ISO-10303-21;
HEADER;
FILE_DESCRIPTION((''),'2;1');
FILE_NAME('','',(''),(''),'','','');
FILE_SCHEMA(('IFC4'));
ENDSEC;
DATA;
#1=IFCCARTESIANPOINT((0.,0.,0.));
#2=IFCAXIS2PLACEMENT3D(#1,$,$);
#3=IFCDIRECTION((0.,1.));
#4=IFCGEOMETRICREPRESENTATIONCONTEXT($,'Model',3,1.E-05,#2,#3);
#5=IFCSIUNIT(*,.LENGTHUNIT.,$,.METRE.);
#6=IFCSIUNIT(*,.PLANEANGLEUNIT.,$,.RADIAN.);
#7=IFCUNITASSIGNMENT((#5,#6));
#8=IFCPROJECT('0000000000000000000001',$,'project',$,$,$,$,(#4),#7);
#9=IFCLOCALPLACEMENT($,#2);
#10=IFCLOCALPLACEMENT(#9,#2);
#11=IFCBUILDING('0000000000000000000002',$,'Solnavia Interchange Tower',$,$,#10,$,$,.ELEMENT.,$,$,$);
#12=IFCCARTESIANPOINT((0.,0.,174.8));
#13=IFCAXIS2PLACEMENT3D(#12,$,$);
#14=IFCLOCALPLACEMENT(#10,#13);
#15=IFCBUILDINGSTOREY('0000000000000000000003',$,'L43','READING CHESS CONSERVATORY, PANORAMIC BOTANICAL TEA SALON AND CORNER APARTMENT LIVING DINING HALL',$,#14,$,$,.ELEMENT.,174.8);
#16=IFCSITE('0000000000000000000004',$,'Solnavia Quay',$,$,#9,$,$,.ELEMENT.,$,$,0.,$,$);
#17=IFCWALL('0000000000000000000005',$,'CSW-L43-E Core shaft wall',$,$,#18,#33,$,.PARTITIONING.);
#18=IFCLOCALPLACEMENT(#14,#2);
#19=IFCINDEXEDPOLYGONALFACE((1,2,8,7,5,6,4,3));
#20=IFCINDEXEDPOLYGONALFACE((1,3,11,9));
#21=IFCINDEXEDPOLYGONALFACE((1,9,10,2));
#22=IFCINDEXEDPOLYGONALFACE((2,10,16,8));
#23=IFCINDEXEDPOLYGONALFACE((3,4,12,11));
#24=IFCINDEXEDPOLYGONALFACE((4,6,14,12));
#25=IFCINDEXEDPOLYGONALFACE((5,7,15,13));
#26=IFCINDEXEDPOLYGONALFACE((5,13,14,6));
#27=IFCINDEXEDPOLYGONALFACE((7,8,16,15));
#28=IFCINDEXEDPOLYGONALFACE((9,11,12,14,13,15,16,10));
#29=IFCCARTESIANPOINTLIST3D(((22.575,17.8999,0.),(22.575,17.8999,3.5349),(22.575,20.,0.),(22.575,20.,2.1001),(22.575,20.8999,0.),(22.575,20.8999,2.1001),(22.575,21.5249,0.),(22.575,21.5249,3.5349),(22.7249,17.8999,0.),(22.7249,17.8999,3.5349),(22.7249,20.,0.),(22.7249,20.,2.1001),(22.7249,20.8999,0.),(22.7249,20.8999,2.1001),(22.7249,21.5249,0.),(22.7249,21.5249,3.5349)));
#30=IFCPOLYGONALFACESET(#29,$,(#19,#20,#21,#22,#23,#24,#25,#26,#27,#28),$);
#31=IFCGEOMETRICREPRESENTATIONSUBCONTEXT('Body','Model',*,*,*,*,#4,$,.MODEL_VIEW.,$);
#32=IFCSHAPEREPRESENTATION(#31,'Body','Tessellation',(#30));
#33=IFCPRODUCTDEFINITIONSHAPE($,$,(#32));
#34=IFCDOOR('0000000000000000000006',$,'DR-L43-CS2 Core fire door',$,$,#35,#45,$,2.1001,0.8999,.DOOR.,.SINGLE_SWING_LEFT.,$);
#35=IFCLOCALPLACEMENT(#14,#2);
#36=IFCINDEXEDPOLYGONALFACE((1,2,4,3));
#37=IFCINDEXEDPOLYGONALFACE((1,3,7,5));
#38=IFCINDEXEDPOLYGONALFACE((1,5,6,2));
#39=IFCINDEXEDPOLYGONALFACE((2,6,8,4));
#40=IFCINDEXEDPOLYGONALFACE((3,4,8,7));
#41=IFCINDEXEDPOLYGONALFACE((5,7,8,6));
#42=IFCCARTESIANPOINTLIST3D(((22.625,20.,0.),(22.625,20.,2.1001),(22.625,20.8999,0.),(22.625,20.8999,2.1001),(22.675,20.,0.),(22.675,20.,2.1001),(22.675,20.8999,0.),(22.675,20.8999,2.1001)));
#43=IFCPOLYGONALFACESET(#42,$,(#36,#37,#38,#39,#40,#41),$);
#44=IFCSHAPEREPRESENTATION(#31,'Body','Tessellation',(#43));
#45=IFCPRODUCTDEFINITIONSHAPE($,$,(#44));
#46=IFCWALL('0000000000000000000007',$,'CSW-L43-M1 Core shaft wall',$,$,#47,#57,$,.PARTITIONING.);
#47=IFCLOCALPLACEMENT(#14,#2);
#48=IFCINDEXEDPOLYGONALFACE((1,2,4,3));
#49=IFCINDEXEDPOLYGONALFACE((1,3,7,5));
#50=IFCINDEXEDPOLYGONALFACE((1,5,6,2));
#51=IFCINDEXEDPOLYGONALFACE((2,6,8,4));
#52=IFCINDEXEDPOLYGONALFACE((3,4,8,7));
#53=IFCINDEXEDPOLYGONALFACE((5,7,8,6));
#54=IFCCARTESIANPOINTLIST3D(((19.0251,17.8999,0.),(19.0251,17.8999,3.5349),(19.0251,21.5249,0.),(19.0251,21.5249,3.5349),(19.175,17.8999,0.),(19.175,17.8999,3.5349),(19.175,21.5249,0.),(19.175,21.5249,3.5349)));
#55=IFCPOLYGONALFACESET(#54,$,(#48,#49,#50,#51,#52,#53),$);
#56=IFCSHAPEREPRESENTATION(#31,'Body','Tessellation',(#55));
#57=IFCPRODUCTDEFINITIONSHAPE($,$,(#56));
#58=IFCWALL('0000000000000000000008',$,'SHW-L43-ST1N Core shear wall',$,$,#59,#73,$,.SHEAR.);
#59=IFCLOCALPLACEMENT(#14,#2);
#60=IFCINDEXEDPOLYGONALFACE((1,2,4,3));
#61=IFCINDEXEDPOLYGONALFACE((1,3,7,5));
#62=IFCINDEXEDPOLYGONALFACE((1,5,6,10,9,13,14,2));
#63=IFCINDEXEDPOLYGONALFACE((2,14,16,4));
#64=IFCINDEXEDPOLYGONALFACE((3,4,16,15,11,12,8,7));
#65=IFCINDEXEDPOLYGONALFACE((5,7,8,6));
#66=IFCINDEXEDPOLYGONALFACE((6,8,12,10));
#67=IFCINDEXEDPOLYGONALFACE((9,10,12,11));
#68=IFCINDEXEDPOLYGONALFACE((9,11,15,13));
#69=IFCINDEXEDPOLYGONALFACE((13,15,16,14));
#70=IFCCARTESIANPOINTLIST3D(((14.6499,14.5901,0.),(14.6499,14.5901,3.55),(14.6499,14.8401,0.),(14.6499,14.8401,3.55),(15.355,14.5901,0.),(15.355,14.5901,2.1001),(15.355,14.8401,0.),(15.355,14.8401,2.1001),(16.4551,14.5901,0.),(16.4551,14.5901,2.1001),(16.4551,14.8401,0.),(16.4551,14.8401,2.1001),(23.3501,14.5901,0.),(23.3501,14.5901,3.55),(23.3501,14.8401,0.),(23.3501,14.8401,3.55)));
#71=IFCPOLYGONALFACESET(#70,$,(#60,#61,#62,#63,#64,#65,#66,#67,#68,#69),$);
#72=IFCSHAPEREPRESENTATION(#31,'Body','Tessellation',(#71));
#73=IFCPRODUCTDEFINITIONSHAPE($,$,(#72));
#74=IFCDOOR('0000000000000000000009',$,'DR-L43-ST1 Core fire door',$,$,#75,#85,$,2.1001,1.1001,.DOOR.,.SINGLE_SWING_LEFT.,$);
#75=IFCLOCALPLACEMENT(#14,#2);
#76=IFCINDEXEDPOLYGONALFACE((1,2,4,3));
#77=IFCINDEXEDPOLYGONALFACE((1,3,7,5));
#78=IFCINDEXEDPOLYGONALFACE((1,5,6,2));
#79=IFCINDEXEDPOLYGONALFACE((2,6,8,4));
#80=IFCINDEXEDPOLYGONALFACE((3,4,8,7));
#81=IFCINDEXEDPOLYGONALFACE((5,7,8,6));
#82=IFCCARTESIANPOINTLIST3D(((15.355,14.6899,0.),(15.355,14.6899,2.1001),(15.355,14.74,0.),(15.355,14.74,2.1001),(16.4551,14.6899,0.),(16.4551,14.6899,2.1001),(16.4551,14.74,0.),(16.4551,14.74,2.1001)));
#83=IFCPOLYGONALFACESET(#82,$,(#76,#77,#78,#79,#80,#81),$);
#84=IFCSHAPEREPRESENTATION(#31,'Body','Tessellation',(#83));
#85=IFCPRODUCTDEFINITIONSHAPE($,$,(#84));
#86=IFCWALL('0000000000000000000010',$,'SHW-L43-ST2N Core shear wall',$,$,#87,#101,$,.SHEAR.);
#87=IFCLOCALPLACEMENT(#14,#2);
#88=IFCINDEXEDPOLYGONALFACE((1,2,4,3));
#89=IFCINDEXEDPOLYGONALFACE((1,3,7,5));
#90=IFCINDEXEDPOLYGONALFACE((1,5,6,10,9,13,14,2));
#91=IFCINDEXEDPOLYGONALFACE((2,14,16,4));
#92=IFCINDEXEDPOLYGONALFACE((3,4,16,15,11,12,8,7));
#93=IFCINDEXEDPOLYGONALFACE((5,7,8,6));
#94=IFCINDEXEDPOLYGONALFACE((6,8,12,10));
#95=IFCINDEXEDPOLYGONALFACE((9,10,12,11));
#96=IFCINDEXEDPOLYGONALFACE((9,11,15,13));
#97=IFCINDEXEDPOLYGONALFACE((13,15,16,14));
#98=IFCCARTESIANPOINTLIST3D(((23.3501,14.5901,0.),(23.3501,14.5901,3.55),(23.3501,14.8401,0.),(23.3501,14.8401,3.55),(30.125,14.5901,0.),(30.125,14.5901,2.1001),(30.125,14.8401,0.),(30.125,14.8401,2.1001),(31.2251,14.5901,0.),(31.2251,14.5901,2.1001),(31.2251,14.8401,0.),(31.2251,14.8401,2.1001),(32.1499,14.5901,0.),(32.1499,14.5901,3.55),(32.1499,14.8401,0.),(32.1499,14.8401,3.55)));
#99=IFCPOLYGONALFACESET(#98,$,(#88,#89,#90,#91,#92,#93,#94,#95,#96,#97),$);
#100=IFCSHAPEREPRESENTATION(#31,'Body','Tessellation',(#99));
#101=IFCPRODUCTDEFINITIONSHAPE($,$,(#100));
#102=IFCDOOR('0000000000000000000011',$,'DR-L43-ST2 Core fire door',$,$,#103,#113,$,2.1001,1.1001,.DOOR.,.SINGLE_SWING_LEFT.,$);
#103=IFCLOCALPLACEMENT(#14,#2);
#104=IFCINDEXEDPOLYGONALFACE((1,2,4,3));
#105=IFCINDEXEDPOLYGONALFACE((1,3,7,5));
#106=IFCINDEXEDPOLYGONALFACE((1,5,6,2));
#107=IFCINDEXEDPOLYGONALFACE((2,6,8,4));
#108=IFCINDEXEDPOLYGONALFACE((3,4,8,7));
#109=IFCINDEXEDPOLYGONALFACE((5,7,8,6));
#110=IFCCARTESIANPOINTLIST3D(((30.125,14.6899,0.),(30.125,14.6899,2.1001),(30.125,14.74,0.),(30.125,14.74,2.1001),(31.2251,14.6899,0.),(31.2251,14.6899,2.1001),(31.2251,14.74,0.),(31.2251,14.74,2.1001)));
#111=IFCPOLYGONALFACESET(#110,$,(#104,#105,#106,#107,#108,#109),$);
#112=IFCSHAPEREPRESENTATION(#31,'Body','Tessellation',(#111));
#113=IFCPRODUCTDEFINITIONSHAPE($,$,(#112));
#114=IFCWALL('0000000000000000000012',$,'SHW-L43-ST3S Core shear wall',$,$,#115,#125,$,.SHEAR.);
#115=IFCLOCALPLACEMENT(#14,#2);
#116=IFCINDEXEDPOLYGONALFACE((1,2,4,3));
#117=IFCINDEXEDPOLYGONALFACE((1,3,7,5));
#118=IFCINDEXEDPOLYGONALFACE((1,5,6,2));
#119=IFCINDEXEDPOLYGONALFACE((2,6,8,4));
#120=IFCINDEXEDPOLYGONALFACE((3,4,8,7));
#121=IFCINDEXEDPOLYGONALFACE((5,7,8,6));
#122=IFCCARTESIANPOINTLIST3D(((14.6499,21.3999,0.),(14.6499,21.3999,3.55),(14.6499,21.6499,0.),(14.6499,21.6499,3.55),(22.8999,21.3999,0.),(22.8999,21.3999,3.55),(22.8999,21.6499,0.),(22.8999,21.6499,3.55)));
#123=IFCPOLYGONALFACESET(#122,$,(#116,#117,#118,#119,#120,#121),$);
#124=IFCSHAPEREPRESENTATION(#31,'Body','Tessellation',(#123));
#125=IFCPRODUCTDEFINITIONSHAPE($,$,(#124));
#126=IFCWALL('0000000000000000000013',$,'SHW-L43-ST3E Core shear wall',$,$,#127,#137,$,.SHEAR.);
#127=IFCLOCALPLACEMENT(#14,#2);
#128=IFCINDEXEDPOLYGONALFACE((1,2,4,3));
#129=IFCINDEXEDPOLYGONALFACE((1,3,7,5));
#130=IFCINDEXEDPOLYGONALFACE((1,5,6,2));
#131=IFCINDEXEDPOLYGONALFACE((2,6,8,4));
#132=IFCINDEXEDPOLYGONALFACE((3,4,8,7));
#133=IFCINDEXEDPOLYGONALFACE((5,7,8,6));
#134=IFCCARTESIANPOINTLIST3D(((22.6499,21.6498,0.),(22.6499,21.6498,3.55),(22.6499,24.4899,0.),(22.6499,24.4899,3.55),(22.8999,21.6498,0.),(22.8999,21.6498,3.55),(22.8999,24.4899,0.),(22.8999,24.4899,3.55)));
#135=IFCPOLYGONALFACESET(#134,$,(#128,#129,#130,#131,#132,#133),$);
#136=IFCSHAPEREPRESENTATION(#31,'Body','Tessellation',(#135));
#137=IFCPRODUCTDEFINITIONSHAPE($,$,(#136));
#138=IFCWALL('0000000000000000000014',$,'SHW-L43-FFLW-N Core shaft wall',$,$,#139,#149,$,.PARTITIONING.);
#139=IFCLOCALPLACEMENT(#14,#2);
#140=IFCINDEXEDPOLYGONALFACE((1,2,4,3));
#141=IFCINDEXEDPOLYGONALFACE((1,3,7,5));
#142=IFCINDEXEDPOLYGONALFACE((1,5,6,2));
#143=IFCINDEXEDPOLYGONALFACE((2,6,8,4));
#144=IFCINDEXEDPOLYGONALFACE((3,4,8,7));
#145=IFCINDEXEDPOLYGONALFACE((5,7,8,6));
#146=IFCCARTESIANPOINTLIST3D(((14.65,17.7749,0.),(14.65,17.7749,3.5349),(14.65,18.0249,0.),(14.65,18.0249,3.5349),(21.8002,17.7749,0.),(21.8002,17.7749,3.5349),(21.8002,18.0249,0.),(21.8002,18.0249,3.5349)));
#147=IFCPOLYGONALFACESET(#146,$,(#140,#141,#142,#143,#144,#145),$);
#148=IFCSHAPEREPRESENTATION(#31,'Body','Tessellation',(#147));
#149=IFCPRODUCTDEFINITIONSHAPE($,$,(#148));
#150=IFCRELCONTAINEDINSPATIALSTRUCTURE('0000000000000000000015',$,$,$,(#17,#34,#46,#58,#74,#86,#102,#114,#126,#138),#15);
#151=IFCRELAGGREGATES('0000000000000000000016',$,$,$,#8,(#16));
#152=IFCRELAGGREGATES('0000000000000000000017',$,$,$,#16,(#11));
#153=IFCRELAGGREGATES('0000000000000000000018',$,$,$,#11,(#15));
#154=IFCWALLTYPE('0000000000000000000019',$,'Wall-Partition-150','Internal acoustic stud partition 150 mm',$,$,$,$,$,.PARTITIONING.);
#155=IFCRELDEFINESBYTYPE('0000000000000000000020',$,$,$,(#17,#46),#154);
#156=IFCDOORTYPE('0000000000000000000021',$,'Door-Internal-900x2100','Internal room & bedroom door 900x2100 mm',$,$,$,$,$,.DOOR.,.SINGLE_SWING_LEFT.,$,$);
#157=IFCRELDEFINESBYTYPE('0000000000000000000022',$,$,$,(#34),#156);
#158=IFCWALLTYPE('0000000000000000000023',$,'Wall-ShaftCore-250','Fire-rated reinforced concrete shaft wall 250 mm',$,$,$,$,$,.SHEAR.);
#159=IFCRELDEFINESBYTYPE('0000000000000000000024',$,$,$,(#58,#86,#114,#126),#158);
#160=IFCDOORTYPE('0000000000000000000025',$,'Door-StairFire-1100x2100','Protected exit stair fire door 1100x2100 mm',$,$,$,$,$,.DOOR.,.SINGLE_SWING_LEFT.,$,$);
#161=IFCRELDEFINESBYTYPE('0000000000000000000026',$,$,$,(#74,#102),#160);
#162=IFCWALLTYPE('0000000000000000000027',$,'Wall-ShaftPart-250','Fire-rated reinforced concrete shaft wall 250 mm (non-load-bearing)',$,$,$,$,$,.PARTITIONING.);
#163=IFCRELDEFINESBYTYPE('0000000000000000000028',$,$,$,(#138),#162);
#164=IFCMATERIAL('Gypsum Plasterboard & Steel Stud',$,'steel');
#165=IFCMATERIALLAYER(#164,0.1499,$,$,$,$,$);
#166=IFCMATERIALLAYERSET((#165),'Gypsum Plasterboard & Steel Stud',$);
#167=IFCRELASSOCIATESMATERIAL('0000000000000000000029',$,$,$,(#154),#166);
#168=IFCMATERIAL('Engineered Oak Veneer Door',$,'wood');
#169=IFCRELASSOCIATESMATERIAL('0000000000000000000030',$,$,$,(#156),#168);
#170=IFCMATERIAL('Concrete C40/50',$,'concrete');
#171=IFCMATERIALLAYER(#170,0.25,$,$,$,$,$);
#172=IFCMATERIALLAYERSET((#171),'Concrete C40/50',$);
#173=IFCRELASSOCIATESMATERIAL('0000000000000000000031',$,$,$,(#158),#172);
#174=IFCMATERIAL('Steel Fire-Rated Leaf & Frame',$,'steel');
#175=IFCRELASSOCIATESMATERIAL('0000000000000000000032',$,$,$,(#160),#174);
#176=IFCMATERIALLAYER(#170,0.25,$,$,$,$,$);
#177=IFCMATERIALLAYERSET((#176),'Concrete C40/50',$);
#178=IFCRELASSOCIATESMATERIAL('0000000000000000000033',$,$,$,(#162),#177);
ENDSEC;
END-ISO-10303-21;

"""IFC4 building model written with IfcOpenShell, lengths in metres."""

from ifc_helpers import new_model, si_unit, direction, frame, frame_2d, origin, place, context, subcontext, project, spatial, rectangle, extrude, material, layer, layer_set, type_object, element, fill, save


model = new_model("IFC4")

# Units and contexts
model_context = context("Model", 3, precision=1e-05, world=origin(), true_north=direction((0.0, 1.0)))
body_context = subcontext(model_context, "Body", "Model", "MODEL_VIEW")
ifc_project = project(units=[si_unit("LENGTHUNIT", "METRE"), si_unit("PLANEANGLEUNIT", "RADIAN")], contexts=[model_context])

# Site, building, storey
site_placement = place(None, origin())
site = spatial("IfcSite", under=ifc_project, at=site_placement, Name="Solnavia Quay", CompositionType="ELEMENT", RefElevation=0.0)
building_placement = place(site_placement, origin())
building = spatial("IfcBuilding", under=site, at=building_placement, Name="Solnavia Interchange Tower", CompositionType="ELEMENT")
storey_placement = place(building_placement, frame((0.0, 0.0, 174.8)))
storey = spatial("IfcBuildingStorey", under=building, at=storey_placement, Name="L43", Description="READING CHESS CONSERVATORY, PANORAMIC BOTANICAL TEA SALON AND CORNER APARTMENT LIVING DINING HALL", CompositionType="ELEMENT", Elevation=174.8)

# Wall, opening, door
ifc_material_1 = material(Name="Gypsum Plasterboard & Steel Stud", Category="steel")
ifc_layer_1 = layer(ifc_material_1, 0.1499)
ifc_layer_set_1 = layer_set([ifc_layer_1], Name="Gypsum Plasterboard & Steel Stud")
wall_type_1 = type_object("IfcWallType", Name="Wall-Partition-150", Description="Internal acoustic stud partition 150 mm", PredefinedType="PARTITIONING", material=ifc_layer_set_1)
wall_1_placement = place(storey_placement, frame((22.6499, 17.8999, 0.0), z_axis=(0.0, 0.0, 1.0), x_axis=(0.0, 1.0, 0.0)))
wall_1 = element("IfcWall", 1, at=wall_1_placement, inside=storey, type_object=wall_type_1, Name="CSW-L43-E Core shaft wall", PredefinedType="PARTITIONING", context=body_context, shape_type="SweptSolid", body=[
    extrude(rectangle(XDim=3.625, YDim=0.1499, at=frame_2d((1.8125, 0.0))), origin(), (0.0, 0.0, 1.0), 3.5349),
])
opening_1_placement = place(wall_1_placement, frame((2.1001, 0.0, 0.0)))
opening_1 = element("IfcOpeningElement", 2, at=opening_1_placement, cuts=wall_1, PredefinedType="OPENING", context=body_context, shape_type="SweptSolid", body=[
    extrude(rectangle(XDim=0.8999, YDim=2.1001, at=frame_2d((0.45, 1.05))), frame((0.0, 0.085, 0.0), z_axis=(0.0, -1.0, 0.0), x_axis=(1.0, 0.0, 0.0)), (0.0, 0.0, 1.0), 0.1699),
])
ifc_material_2 = material(Name="Engineered Oak Veneer Door", Category="wood")
door_type_1 = type_object("IfcDoorType", Name="Door-Internal-900x2100", Description="Internal room & bedroom door 900x2100 mm", OperationType="SINGLE_SWING_LEFT", PredefinedType="DOOR", material=ifc_material_2)
door_1_placement = place(opening_1_placement, origin())
door_1 = element("IfcDoor", 3, at=door_1_placement, inside=storey, type_object=door_type_1, Name="DR-L43-CS2 Core fire door", OperationType="SINGLE_SWING_LEFT", OverallHeight=2.1001, OverallWidth=0.8999, PredefinedType="DOOR", context=body_context, shape_type="SweptSolid", body=[
    extrude(rectangle(XDim=0.8999, YDim=2.1001, at=frame_2d((0.45, 1.05))), frame((0.0, 0.0249, 0.0), z_axis=(0.0, -1.0, 0.0), x_axis=(1.0, 0.0, 0.0)), (0.0, 0.0, 1.0), 0.05),
])
fill(opening_1, door_1)

# Wall
wall_2_placement = place(storey_placement, frame((19.1001, 17.8999, 0.0), z_axis=(0.0, 0.0, 1.0), x_axis=(0.0, 1.0, 0.0)))
element("IfcWall", 4, at=wall_2_placement, inside=storey, type_object=wall_type_1, Name="CSW-L43-M1 Core shaft wall", PredefinedType="PARTITIONING", context=body_context, shape_type="SweptSolid", body=[
    extrude(rectangle(XDim=3.625, YDim=0.1499, at=frame_2d((1.8125, 0.0))), origin(), (0.0, 0.0, 1.0), 3.5349),
])

# Walls, openings, doors
ifc_material_3 = material(Name="Concrete C40/50", Category="concrete")
ifc_layer_2 = layer(ifc_material_3, 0.25)
ifc_layer_set_2 = layer_set([ifc_layer_2], Name="Concrete C40/50")
wall_type_2 = type_object("IfcWallType", Name="Wall-ShaftCore-250", Description="Fire-rated reinforced concrete shaft wall 250 mm", PredefinedType="SHEAR", material=ifc_layer_set_2)
wall_3_placement = place(storey_placement, frame((14.6499, 14.7151, 0.0), z_axis=(0.0, 0.0, 1.0), x_axis=(1.0, 0.0, 0.0)))
wall_3 = element("IfcWall", 5, at=wall_3_placement, inside=storey, type_object=wall_type_2, Name="SHW-L43-ST1N Core shear wall", PredefinedType="SHEAR", context=body_context, shape_type="SweptSolid", body=[
    extrude(rectangle(XDim=8.7002, YDim=0.25, at=frame_2d((4.3501, 0.0))), origin(), (0.0, 0.0, 1.0), 3.55),
])
opening_2_placement = place(wall_3_placement, frame((0.7051, 0.0, 0.0)))
opening_2 = element("IfcOpeningElement", 6, at=opening_2_placement, cuts=wall_3, PredefinedType="OPENING", context=body_context, shape_type="SweptSolid", body=[
    extrude(rectangle(XDim=1.1001, YDim=2.1001, at=frame_2d((0.55, 1.05))), frame((0.0, 0.135, 0.0), z_axis=(0.0, -1.0, 0.0), x_axis=(1.0, 0.0, 0.0)), (0.0, 0.0, 1.0), 0.27),
])
ifc_material_4 = material(Name="Steel Fire-Rated Leaf & Frame", Category="steel")
door_type_2 = type_object("IfcDoorType", Name="Door-StairFire-1100x2100", Description="Protected exit stair fire door 1100x2100 mm", OperationType="SINGLE_SWING_LEFT", PredefinedType="DOOR", material=ifc_material_4)
door_2_placement = place(opening_2_placement, origin())
door_2 = element("IfcDoor", 7, at=door_2_placement, inside=storey, type_object=door_type_2, Name="DR-L43-ST1 Core fire door", OperationType="SINGLE_SWING_LEFT", OverallHeight=2.1001, OverallWidth=1.1001, PredefinedType="DOOR", context=body_context, shape_type="SweptSolid", body=[
    extrude(rectangle(XDim=1.1001, YDim=2.1001, at=frame_2d((0.55, 1.05))), frame((0.0, 0.0249, 0.0), z_axis=(0.0, -1.0, 0.0), x_axis=(1.0, 0.0, 0.0)), (0.0, 0.0, 1.0), 0.05),
])
fill(opening_2, door_2)
wall_4_placement = place(storey_placement, frame((23.3501, 14.7151, 0.0), z_axis=(0.0, 0.0, 1.0), x_axis=(1.0, 0.0, 0.0)))
wall_4 = element("IfcWall", 8, at=wall_4_placement, inside=storey, type_object=wall_type_2, Name="SHW-L43-ST2N Core shear wall", PredefinedType="SHEAR", context=body_context, shape_type="SweptSolid", body=[
    extrude(rectangle(XDim=8.7998, YDim=0.25, at=frame_2d((4.3999, 0.0))), origin(), (0.0, 0.0, 1.0), 3.55),
])
opening_3_placement = place(wall_4_placement, frame((6.7749, 0.0, 0.0)))
opening_3 = element("IfcOpeningElement", 9, at=opening_3_placement, cuts=wall_4, PredefinedType="OPENING", context=body_context, shape_type="SweptSolid", body=[
    extrude(rectangle(XDim=1.1001, YDim=2.1001, at=frame_2d((0.55, 1.05))), frame((0.0, 0.135, 0.0), z_axis=(0.0, -1.0, 0.0), x_axis=(1.0, 0.0, 0.0)), (0.0, 0.0, 1.0), 0.27),
])
door_3_placement = place(opening_3_placement, origin())
door_3 = element("IfcDoor", 10, at=door_3_placement, inside=storey, type_object=door_type_2, Name="DR-L43-ST2 Core fire door", OperationType="SINGLE_SWING_LEFT", OverallHeight=2.1001, OverallWidth=1.1001, PredefinedType="DOOR", context=body_context, shape_type="SweptSolid", body=[
    extrude(rectangle(XDim=1.1001, YDim=2.1001, at=frame_2d((0.55, 1.05))), frame((0.0, 0.0249, 0.0), z_axis=(0.0, -1.0, 0.0), x_axis=(1.0, 0.0, 0.0)), (0.0, 0.0, 1.0), 0.05),
])
fill(opening_3, door_3)

# Walls
wall_5_placement = place(storey_placement, frame((14.6499, 21.5249, 0.0), z_axis=(0.0, 0.0, 1.0), x_axis=(1.0, 0.0, 0.0)))
element("IfcWall", 11, at=wall_5_placement, inside=storey, type_object=wall_type_2, Name="SHW-L43-ST3S Core shear wall", PredefinedType="SHEAR", context=body_context, shape_type="SweptSolid", body=[
    extrude(rectangle(XDim=8.25, YDim=0.25, at=frame_2d((4.125, 0.0))), origin(), (0.0, 0.0, 1.0), 3.55),
])
wall_6_placement = place(storey_placement, frame((22.7749, 21.6499, 0.0), z_axis=(0.0, 0.0, 1.0), x_axis=(0.0, 1.0, 0.0)))
element("IfcWall", 12, at=wall_6_placement, inside=storey, type_object=wall_type_2, Name="SHW-L43-ST3E Core shear wall", PredefinedType="SHEAR", context=body_context, shape_type="SweptSolid", body=[
    extrude(rectangle(XDim=2.8401, YDim=0.25, at=frame_2d((1.4199, 0.0))), origin(), (0.0, 0.0, 1.0), 3.55),
])
ifc_layer_3 = layer(ifc_material_3, 0.25)
ifc_layer_set_3 = layer_set([ifc_layer_3], Name="Concrete C40/50")
wall_type_3 = type_object("IfcWallType", Name="Wall-ShaftPart-250", Description="Fire-rated reinforced concrete shaft wall 250 mm (non-load-bearing)", PredefinedType="PARTITIONING", material=ifc_layer_set_3)
wall_7_placement = place(storey_placement, frame((14.6499, 17.8999, 0.0), z_axis=(0.0, 0.0, 1.0), x_axis=(1.0, 0.0, 0.0)))
element("IfcWall", 13, at=wall_7_placement, inside=storey, type_object=wall_type_3, Name="SHW-L43-FFLW-N Core shaft wall", PredefinedType="PARTITIONING", context=body_context, shape_type="SweptSolid", body=[
    extrude(rectangle(XDim=7.1501, YDim=0.25, at=frame_2d((3.5752, 0.0))), origin(), (0.0, 0.0, 1.0), 3.5349),
])

save(model, "model.ifc")
